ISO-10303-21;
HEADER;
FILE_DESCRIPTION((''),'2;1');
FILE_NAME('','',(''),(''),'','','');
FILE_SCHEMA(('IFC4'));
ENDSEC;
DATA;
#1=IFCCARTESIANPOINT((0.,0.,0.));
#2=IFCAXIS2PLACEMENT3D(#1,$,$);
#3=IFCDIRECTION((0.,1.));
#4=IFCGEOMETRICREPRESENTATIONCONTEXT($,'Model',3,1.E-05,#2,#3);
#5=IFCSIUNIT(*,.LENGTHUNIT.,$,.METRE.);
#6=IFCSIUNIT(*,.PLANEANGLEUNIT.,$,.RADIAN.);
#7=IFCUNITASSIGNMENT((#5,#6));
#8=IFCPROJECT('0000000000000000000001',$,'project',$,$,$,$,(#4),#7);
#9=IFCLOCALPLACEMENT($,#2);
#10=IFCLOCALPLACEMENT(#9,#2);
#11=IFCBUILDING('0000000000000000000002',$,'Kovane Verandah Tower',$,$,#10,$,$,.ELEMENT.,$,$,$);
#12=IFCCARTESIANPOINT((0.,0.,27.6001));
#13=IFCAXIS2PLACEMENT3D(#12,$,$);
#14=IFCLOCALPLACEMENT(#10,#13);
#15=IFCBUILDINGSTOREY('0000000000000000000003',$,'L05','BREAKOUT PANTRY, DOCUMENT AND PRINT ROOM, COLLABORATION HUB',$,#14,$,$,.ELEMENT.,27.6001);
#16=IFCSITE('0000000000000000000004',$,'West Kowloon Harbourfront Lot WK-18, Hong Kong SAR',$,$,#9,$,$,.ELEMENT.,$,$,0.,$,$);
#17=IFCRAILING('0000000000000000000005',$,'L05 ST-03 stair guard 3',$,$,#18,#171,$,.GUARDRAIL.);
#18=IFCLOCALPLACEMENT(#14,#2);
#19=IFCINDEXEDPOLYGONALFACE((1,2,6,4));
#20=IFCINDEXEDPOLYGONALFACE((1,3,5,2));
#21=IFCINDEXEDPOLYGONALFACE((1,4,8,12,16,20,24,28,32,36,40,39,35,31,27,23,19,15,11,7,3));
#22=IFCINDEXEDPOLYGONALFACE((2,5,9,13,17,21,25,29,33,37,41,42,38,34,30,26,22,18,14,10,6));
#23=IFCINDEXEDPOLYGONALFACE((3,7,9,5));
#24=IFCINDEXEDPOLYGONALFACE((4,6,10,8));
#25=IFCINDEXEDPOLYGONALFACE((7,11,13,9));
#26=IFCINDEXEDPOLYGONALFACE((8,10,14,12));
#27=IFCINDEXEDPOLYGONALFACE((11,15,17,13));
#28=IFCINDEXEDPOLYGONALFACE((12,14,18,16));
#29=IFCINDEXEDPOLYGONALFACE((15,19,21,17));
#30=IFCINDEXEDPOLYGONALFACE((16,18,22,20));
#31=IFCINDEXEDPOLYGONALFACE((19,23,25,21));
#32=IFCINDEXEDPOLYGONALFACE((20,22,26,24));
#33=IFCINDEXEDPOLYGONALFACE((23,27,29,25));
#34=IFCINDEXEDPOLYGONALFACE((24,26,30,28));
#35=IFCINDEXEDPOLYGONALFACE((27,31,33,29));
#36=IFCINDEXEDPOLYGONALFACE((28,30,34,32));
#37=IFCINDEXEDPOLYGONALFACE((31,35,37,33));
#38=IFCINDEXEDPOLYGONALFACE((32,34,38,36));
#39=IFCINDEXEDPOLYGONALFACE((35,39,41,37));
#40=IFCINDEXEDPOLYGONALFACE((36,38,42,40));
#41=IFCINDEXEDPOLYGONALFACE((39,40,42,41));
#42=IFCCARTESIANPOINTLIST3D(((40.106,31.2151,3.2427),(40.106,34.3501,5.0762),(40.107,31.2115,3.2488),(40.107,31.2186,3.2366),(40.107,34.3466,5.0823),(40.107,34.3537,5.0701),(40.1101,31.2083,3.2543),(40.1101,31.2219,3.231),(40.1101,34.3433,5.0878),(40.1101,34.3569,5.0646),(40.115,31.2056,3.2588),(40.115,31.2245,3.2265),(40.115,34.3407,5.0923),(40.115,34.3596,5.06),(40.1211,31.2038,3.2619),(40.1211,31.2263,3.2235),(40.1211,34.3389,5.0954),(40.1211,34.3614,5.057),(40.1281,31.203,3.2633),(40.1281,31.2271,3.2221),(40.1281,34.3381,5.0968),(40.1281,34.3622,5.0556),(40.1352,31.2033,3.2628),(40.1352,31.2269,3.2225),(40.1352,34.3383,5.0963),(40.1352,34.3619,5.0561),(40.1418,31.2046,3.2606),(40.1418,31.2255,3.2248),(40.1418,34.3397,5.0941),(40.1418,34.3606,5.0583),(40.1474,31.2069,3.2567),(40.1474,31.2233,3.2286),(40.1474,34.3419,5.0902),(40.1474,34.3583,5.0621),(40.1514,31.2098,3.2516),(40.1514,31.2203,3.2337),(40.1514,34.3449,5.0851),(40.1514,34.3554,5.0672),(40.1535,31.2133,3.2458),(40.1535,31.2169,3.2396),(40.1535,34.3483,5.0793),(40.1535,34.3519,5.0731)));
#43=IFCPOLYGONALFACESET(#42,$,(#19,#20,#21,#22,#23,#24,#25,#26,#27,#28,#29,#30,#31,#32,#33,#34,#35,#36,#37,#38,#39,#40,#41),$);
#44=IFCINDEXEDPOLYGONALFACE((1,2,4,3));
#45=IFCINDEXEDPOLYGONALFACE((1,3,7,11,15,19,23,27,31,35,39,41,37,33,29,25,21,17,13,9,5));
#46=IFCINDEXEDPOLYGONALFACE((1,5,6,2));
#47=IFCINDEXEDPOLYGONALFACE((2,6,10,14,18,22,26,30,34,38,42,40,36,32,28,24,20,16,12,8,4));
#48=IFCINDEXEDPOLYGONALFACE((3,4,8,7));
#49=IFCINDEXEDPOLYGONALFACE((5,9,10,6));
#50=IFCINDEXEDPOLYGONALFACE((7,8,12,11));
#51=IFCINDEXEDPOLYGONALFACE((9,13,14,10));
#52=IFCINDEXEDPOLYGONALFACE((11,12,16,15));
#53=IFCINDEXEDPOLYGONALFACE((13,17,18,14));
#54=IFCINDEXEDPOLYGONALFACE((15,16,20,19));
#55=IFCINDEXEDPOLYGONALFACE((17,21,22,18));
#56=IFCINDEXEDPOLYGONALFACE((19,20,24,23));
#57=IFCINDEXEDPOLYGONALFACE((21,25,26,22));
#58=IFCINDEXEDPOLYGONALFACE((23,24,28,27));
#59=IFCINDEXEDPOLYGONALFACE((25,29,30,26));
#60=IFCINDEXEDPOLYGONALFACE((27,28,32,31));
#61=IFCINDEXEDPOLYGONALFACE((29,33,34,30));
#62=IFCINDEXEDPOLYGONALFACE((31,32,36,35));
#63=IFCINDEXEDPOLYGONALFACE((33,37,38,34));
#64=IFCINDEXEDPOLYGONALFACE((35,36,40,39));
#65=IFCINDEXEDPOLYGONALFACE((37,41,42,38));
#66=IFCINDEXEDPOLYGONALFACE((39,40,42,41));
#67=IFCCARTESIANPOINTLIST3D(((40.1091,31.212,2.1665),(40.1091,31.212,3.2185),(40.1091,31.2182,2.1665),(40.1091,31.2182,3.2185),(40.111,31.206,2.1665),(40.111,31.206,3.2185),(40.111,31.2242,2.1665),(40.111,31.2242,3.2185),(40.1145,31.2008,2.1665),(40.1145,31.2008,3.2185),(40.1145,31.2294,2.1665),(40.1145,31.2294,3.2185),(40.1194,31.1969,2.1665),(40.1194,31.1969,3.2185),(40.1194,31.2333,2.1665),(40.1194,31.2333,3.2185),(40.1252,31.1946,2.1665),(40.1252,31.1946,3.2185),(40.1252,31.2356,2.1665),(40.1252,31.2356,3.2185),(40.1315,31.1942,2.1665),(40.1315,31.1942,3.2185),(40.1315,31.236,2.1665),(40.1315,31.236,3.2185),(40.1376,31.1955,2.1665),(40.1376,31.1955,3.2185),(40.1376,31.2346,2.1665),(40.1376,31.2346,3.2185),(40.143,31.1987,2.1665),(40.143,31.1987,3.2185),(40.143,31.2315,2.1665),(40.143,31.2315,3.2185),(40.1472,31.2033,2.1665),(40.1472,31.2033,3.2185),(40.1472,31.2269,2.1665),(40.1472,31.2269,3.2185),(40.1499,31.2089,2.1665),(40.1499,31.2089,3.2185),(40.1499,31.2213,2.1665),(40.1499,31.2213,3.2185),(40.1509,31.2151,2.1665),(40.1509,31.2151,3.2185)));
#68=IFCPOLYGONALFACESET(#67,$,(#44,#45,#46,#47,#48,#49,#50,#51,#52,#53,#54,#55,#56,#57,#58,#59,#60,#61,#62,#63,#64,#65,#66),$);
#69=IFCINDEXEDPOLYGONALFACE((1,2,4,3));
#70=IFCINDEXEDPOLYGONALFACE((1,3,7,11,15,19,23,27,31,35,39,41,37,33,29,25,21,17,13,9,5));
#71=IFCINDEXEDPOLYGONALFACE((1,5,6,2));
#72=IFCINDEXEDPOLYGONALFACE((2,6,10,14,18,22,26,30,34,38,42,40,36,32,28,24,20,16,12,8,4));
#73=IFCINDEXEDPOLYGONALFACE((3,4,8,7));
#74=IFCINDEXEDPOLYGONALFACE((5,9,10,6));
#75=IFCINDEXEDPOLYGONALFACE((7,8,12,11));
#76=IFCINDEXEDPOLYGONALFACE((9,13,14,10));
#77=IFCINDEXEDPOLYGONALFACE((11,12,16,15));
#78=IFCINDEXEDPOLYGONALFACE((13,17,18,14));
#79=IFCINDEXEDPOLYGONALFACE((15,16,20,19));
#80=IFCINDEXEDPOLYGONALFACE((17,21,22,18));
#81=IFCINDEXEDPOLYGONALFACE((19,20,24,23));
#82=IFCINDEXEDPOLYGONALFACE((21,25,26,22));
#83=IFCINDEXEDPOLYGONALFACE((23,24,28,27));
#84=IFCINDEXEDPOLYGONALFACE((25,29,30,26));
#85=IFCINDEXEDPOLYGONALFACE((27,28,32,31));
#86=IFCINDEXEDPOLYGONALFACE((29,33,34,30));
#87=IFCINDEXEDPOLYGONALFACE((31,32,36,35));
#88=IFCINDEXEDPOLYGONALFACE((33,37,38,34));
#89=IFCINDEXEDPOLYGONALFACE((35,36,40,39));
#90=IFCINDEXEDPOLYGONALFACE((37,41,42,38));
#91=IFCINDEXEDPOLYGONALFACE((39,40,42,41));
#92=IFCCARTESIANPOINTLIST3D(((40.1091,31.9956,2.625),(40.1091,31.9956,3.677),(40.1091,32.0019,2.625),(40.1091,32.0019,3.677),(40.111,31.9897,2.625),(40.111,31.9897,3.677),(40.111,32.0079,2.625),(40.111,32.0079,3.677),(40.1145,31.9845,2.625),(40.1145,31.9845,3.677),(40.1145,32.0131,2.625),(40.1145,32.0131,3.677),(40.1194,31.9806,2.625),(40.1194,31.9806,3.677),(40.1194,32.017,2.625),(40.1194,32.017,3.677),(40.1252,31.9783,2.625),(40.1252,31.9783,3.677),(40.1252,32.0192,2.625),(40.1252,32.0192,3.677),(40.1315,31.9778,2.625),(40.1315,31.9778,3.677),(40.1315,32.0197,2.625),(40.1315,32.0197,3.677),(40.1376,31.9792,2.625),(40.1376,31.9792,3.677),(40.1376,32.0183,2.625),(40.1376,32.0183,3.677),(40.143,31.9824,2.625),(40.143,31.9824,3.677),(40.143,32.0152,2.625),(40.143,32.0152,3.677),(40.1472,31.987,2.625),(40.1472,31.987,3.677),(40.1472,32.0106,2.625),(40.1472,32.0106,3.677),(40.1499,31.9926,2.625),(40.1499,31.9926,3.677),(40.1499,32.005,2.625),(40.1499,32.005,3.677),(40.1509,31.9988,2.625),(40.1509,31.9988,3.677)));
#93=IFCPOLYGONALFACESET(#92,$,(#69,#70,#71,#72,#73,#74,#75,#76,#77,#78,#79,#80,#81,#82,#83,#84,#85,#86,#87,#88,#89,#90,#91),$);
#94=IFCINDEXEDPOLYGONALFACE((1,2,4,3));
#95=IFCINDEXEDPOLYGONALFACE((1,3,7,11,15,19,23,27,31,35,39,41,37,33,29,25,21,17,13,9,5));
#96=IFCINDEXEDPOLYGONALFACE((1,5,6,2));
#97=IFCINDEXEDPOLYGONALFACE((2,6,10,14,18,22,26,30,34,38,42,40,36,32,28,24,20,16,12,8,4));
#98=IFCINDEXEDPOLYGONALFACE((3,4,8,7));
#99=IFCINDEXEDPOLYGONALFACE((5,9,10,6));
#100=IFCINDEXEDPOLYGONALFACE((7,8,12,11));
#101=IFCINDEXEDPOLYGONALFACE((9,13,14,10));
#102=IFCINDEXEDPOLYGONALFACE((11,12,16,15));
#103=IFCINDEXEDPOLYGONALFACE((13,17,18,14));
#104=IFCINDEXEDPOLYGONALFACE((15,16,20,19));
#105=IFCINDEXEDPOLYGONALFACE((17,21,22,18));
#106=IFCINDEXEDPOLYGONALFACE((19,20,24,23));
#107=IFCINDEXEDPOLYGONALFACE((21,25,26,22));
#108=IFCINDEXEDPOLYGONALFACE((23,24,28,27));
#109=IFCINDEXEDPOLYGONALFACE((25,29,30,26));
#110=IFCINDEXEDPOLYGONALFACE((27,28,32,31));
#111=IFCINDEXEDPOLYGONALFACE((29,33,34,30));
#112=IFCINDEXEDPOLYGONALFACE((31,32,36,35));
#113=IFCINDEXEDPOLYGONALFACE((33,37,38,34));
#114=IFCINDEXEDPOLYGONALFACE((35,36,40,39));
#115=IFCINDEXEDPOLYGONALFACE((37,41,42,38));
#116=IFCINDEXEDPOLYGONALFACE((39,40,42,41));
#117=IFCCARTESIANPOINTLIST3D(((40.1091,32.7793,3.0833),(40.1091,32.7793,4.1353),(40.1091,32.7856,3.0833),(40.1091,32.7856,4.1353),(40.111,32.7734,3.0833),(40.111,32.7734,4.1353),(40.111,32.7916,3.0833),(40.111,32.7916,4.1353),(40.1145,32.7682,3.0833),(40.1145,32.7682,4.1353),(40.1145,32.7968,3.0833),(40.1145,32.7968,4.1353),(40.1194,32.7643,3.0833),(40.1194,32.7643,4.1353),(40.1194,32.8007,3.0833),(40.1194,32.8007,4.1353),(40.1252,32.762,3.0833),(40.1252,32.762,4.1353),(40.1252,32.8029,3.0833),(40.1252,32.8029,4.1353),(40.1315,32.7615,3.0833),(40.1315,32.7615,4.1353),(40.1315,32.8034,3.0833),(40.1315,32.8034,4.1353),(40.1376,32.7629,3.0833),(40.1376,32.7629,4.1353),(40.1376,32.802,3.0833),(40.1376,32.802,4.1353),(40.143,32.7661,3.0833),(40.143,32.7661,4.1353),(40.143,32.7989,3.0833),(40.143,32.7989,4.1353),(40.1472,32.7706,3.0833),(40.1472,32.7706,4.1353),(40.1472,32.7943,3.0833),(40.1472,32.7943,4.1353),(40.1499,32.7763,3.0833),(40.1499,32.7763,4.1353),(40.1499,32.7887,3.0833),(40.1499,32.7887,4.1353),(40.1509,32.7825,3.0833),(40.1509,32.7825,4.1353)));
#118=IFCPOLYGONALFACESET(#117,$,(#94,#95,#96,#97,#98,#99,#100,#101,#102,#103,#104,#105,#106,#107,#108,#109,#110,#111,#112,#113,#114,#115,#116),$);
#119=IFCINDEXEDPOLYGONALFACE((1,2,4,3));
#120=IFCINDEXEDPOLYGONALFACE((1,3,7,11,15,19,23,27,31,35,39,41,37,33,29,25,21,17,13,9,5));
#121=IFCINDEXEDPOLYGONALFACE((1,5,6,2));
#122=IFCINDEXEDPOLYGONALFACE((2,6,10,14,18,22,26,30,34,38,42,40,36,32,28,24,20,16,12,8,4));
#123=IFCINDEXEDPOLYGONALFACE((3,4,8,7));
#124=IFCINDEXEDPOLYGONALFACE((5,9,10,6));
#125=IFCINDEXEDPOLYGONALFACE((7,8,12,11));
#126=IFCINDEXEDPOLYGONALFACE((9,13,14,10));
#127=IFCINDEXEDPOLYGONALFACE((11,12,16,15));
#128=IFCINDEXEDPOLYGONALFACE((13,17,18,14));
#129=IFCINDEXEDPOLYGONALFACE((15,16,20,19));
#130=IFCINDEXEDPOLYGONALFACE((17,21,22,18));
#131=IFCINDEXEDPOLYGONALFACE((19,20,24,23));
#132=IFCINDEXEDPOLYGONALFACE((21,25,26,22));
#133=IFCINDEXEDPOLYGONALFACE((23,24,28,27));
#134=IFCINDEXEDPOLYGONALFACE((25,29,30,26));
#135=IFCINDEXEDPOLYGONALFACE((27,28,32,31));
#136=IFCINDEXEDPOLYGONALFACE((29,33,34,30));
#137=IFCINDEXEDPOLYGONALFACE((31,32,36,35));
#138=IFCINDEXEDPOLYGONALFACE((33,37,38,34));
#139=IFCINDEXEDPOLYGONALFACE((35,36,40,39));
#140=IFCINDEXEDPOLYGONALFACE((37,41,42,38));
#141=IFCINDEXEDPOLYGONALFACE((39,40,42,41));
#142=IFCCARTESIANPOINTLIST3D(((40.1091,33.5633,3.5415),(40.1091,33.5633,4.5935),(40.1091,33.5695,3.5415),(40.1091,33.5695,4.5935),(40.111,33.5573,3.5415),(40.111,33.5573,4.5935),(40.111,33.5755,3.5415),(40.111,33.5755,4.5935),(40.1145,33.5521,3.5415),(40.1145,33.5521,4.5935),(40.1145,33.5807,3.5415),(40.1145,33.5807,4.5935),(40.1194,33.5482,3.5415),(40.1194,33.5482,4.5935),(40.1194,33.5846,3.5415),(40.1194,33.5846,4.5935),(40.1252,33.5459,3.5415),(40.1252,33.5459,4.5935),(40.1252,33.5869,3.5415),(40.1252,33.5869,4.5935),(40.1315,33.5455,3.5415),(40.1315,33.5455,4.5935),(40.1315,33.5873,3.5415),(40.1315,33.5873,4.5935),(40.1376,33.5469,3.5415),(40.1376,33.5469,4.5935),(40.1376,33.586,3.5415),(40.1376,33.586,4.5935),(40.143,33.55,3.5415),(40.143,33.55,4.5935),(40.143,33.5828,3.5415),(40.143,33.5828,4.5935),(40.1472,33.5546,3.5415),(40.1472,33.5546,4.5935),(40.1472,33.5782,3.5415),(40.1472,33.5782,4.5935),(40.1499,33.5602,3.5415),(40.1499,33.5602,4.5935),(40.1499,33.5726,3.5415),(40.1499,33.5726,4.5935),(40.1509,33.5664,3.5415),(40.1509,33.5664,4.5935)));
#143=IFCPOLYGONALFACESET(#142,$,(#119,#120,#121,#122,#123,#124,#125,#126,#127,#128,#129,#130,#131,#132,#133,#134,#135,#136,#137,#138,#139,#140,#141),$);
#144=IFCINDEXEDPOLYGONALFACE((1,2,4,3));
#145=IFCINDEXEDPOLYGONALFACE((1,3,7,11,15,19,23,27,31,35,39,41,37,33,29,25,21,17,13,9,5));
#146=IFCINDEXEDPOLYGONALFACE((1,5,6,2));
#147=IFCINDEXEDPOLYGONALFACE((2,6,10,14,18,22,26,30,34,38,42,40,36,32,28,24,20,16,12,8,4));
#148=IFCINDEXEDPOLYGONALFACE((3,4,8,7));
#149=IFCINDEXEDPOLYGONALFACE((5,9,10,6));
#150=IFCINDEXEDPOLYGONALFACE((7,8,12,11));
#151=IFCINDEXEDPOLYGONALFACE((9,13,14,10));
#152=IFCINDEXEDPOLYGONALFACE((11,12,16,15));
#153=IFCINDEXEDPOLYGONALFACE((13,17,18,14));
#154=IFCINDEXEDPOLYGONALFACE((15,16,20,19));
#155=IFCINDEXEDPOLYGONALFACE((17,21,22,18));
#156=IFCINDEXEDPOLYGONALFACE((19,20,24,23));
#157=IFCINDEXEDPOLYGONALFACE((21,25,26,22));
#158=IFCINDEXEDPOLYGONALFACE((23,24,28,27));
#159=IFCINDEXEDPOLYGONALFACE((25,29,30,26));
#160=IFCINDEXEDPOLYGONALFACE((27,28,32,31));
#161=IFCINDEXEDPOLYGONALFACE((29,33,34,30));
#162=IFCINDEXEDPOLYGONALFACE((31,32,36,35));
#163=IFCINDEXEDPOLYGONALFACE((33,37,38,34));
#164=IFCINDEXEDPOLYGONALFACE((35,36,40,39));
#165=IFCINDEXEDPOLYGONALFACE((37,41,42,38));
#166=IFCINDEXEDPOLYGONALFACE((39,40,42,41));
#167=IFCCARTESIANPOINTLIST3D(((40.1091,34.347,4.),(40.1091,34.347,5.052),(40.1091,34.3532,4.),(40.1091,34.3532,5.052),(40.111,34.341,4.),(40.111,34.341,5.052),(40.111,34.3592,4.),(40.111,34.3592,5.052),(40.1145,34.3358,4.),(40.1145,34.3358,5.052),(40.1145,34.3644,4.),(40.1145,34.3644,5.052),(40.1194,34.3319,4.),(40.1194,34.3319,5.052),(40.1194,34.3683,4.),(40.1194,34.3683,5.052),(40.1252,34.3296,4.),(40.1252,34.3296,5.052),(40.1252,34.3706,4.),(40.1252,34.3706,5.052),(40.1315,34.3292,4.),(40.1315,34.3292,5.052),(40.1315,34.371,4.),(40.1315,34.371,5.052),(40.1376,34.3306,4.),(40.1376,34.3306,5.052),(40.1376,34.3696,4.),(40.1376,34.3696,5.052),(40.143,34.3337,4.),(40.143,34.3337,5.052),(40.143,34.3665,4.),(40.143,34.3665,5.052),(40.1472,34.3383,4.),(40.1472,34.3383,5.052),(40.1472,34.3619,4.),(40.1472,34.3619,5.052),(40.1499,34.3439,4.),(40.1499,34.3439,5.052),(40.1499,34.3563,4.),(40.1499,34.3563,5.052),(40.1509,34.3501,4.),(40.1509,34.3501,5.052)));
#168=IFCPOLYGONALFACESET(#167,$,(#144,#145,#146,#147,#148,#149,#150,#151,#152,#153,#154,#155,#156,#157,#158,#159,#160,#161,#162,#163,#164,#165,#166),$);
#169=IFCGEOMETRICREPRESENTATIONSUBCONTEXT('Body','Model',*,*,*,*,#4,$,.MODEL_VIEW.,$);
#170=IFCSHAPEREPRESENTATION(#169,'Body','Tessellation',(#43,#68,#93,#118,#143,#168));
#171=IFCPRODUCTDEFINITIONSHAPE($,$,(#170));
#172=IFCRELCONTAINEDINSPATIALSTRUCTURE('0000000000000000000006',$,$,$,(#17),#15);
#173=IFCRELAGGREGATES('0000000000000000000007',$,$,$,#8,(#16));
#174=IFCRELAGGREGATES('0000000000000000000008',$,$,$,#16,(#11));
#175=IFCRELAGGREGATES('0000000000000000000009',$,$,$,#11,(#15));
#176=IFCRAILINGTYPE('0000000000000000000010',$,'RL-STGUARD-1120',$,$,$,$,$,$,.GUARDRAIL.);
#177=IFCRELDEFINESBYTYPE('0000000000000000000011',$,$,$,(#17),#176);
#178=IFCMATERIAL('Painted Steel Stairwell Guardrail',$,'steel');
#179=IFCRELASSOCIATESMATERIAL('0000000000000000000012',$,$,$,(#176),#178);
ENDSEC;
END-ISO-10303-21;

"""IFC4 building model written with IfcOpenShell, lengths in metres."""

from ifc_helpers import new_model, si_unit, direction, frame, origin, origin_2d, place, context, subcontext, project, spatial, circle, extrude, material, type_object, element, save


model = new_model("IFC4")

# Units and contexts
model_context = context("Model", 3, precision=1e-05, world=origin(), true_north=direction((0.0, 1.0)))
body_context = subcontext(model_context, "Body", "Model", "MODEL_VIEW")
ifc_project = project(units=[si_unit("LENGTHUNIT", "METRE"), si_unit("PLANEANGLEUNIT", "RADIAN")], contexts=[model_context])

# Site, building, storey
site_placement = place(None, origin())
site = spatial("IfcSite", under=ifc_project, at=site_placement, Name="West Kowloon Harbourfront Lot WK-18, Hong Kong SAR", CompositionType="ELEMENT", RefElevation=0.0)
building_placement = place(site_placement, origin())
building = spatial("IfcBuilding", under=site, at=building_placement, Name="Kovane Verandah Tower", CompositionType="ELEMENT")
storey_placement = place(building_placement, frame((0.0, 0.0, 27.6001)))
storey = spatial("IfcBuildingStorey", under=building, at=storey_placement, Name="L05", Description="BREAKOUT PANTRY, DOCUMENT AND PRINT ROOM, COLLABORATION HUB", CompositionType="ELEMENT", Elevation=27.6001)

# Railing
ifc_material_1 = material(Name="Painted Steel Stairwell Guardrail", Category="steel")
railing_type_1 = type_object("IfcRailingType", Name="RL-STGUARD-1120", PredefinedType="GUARDRAIL", material=ifc_material_1)
railing_1_placement = place(storey_placement, frame((40.1299, 31.2151, 2.1665)))
element("IfcRailing", 1, at=railing_1_placement, inside=storey, type_object=railing_type_1, Name="L05 ST-03 stair guard 3", PredefinedType="GUARDRAIL", context=body_context, shape_type="SweptSolid", body=[
    extrude(circle(Radius=0.0239, at=origin_2d()), frame((0.0, 0.0, 1.0762), z_axis=(0.0, 0.86321, 0.504845), x_axis=(-1.0, 0.0, 0.0)), (0.0, 0.0, 1.0), 3.6318),
    extrude(circle(Radius=0.021, at=origin_2d()), origin(), (0.0, 0.0, 1.0), 1.052),
    extrude(circle(Radius=0.021, at=origin_2d()), frame((0.0, 0.7837, 0.4585)), (0.0, 0.0, 1.0), 1.052),
    extrude(circle(Radius=0.021, at=origin_2d()), frame((0.0, 1.5674, 0.9167)), (0.0, 0.0, 1.0), 1.052),
    extrude(circle(Radius=0.021, at=origin_2d()), frame((0.0, 2.3513, 1.375)), (0.0, 0.0, 1.0), 1.052),
    extrude(circle(Radius=0.021, at=origin_2d()), frame((0.0, 3.135, 1.8335)), (0.0, 0.0, 1.0), 1.052),
])

save(model, "model.ifc")
